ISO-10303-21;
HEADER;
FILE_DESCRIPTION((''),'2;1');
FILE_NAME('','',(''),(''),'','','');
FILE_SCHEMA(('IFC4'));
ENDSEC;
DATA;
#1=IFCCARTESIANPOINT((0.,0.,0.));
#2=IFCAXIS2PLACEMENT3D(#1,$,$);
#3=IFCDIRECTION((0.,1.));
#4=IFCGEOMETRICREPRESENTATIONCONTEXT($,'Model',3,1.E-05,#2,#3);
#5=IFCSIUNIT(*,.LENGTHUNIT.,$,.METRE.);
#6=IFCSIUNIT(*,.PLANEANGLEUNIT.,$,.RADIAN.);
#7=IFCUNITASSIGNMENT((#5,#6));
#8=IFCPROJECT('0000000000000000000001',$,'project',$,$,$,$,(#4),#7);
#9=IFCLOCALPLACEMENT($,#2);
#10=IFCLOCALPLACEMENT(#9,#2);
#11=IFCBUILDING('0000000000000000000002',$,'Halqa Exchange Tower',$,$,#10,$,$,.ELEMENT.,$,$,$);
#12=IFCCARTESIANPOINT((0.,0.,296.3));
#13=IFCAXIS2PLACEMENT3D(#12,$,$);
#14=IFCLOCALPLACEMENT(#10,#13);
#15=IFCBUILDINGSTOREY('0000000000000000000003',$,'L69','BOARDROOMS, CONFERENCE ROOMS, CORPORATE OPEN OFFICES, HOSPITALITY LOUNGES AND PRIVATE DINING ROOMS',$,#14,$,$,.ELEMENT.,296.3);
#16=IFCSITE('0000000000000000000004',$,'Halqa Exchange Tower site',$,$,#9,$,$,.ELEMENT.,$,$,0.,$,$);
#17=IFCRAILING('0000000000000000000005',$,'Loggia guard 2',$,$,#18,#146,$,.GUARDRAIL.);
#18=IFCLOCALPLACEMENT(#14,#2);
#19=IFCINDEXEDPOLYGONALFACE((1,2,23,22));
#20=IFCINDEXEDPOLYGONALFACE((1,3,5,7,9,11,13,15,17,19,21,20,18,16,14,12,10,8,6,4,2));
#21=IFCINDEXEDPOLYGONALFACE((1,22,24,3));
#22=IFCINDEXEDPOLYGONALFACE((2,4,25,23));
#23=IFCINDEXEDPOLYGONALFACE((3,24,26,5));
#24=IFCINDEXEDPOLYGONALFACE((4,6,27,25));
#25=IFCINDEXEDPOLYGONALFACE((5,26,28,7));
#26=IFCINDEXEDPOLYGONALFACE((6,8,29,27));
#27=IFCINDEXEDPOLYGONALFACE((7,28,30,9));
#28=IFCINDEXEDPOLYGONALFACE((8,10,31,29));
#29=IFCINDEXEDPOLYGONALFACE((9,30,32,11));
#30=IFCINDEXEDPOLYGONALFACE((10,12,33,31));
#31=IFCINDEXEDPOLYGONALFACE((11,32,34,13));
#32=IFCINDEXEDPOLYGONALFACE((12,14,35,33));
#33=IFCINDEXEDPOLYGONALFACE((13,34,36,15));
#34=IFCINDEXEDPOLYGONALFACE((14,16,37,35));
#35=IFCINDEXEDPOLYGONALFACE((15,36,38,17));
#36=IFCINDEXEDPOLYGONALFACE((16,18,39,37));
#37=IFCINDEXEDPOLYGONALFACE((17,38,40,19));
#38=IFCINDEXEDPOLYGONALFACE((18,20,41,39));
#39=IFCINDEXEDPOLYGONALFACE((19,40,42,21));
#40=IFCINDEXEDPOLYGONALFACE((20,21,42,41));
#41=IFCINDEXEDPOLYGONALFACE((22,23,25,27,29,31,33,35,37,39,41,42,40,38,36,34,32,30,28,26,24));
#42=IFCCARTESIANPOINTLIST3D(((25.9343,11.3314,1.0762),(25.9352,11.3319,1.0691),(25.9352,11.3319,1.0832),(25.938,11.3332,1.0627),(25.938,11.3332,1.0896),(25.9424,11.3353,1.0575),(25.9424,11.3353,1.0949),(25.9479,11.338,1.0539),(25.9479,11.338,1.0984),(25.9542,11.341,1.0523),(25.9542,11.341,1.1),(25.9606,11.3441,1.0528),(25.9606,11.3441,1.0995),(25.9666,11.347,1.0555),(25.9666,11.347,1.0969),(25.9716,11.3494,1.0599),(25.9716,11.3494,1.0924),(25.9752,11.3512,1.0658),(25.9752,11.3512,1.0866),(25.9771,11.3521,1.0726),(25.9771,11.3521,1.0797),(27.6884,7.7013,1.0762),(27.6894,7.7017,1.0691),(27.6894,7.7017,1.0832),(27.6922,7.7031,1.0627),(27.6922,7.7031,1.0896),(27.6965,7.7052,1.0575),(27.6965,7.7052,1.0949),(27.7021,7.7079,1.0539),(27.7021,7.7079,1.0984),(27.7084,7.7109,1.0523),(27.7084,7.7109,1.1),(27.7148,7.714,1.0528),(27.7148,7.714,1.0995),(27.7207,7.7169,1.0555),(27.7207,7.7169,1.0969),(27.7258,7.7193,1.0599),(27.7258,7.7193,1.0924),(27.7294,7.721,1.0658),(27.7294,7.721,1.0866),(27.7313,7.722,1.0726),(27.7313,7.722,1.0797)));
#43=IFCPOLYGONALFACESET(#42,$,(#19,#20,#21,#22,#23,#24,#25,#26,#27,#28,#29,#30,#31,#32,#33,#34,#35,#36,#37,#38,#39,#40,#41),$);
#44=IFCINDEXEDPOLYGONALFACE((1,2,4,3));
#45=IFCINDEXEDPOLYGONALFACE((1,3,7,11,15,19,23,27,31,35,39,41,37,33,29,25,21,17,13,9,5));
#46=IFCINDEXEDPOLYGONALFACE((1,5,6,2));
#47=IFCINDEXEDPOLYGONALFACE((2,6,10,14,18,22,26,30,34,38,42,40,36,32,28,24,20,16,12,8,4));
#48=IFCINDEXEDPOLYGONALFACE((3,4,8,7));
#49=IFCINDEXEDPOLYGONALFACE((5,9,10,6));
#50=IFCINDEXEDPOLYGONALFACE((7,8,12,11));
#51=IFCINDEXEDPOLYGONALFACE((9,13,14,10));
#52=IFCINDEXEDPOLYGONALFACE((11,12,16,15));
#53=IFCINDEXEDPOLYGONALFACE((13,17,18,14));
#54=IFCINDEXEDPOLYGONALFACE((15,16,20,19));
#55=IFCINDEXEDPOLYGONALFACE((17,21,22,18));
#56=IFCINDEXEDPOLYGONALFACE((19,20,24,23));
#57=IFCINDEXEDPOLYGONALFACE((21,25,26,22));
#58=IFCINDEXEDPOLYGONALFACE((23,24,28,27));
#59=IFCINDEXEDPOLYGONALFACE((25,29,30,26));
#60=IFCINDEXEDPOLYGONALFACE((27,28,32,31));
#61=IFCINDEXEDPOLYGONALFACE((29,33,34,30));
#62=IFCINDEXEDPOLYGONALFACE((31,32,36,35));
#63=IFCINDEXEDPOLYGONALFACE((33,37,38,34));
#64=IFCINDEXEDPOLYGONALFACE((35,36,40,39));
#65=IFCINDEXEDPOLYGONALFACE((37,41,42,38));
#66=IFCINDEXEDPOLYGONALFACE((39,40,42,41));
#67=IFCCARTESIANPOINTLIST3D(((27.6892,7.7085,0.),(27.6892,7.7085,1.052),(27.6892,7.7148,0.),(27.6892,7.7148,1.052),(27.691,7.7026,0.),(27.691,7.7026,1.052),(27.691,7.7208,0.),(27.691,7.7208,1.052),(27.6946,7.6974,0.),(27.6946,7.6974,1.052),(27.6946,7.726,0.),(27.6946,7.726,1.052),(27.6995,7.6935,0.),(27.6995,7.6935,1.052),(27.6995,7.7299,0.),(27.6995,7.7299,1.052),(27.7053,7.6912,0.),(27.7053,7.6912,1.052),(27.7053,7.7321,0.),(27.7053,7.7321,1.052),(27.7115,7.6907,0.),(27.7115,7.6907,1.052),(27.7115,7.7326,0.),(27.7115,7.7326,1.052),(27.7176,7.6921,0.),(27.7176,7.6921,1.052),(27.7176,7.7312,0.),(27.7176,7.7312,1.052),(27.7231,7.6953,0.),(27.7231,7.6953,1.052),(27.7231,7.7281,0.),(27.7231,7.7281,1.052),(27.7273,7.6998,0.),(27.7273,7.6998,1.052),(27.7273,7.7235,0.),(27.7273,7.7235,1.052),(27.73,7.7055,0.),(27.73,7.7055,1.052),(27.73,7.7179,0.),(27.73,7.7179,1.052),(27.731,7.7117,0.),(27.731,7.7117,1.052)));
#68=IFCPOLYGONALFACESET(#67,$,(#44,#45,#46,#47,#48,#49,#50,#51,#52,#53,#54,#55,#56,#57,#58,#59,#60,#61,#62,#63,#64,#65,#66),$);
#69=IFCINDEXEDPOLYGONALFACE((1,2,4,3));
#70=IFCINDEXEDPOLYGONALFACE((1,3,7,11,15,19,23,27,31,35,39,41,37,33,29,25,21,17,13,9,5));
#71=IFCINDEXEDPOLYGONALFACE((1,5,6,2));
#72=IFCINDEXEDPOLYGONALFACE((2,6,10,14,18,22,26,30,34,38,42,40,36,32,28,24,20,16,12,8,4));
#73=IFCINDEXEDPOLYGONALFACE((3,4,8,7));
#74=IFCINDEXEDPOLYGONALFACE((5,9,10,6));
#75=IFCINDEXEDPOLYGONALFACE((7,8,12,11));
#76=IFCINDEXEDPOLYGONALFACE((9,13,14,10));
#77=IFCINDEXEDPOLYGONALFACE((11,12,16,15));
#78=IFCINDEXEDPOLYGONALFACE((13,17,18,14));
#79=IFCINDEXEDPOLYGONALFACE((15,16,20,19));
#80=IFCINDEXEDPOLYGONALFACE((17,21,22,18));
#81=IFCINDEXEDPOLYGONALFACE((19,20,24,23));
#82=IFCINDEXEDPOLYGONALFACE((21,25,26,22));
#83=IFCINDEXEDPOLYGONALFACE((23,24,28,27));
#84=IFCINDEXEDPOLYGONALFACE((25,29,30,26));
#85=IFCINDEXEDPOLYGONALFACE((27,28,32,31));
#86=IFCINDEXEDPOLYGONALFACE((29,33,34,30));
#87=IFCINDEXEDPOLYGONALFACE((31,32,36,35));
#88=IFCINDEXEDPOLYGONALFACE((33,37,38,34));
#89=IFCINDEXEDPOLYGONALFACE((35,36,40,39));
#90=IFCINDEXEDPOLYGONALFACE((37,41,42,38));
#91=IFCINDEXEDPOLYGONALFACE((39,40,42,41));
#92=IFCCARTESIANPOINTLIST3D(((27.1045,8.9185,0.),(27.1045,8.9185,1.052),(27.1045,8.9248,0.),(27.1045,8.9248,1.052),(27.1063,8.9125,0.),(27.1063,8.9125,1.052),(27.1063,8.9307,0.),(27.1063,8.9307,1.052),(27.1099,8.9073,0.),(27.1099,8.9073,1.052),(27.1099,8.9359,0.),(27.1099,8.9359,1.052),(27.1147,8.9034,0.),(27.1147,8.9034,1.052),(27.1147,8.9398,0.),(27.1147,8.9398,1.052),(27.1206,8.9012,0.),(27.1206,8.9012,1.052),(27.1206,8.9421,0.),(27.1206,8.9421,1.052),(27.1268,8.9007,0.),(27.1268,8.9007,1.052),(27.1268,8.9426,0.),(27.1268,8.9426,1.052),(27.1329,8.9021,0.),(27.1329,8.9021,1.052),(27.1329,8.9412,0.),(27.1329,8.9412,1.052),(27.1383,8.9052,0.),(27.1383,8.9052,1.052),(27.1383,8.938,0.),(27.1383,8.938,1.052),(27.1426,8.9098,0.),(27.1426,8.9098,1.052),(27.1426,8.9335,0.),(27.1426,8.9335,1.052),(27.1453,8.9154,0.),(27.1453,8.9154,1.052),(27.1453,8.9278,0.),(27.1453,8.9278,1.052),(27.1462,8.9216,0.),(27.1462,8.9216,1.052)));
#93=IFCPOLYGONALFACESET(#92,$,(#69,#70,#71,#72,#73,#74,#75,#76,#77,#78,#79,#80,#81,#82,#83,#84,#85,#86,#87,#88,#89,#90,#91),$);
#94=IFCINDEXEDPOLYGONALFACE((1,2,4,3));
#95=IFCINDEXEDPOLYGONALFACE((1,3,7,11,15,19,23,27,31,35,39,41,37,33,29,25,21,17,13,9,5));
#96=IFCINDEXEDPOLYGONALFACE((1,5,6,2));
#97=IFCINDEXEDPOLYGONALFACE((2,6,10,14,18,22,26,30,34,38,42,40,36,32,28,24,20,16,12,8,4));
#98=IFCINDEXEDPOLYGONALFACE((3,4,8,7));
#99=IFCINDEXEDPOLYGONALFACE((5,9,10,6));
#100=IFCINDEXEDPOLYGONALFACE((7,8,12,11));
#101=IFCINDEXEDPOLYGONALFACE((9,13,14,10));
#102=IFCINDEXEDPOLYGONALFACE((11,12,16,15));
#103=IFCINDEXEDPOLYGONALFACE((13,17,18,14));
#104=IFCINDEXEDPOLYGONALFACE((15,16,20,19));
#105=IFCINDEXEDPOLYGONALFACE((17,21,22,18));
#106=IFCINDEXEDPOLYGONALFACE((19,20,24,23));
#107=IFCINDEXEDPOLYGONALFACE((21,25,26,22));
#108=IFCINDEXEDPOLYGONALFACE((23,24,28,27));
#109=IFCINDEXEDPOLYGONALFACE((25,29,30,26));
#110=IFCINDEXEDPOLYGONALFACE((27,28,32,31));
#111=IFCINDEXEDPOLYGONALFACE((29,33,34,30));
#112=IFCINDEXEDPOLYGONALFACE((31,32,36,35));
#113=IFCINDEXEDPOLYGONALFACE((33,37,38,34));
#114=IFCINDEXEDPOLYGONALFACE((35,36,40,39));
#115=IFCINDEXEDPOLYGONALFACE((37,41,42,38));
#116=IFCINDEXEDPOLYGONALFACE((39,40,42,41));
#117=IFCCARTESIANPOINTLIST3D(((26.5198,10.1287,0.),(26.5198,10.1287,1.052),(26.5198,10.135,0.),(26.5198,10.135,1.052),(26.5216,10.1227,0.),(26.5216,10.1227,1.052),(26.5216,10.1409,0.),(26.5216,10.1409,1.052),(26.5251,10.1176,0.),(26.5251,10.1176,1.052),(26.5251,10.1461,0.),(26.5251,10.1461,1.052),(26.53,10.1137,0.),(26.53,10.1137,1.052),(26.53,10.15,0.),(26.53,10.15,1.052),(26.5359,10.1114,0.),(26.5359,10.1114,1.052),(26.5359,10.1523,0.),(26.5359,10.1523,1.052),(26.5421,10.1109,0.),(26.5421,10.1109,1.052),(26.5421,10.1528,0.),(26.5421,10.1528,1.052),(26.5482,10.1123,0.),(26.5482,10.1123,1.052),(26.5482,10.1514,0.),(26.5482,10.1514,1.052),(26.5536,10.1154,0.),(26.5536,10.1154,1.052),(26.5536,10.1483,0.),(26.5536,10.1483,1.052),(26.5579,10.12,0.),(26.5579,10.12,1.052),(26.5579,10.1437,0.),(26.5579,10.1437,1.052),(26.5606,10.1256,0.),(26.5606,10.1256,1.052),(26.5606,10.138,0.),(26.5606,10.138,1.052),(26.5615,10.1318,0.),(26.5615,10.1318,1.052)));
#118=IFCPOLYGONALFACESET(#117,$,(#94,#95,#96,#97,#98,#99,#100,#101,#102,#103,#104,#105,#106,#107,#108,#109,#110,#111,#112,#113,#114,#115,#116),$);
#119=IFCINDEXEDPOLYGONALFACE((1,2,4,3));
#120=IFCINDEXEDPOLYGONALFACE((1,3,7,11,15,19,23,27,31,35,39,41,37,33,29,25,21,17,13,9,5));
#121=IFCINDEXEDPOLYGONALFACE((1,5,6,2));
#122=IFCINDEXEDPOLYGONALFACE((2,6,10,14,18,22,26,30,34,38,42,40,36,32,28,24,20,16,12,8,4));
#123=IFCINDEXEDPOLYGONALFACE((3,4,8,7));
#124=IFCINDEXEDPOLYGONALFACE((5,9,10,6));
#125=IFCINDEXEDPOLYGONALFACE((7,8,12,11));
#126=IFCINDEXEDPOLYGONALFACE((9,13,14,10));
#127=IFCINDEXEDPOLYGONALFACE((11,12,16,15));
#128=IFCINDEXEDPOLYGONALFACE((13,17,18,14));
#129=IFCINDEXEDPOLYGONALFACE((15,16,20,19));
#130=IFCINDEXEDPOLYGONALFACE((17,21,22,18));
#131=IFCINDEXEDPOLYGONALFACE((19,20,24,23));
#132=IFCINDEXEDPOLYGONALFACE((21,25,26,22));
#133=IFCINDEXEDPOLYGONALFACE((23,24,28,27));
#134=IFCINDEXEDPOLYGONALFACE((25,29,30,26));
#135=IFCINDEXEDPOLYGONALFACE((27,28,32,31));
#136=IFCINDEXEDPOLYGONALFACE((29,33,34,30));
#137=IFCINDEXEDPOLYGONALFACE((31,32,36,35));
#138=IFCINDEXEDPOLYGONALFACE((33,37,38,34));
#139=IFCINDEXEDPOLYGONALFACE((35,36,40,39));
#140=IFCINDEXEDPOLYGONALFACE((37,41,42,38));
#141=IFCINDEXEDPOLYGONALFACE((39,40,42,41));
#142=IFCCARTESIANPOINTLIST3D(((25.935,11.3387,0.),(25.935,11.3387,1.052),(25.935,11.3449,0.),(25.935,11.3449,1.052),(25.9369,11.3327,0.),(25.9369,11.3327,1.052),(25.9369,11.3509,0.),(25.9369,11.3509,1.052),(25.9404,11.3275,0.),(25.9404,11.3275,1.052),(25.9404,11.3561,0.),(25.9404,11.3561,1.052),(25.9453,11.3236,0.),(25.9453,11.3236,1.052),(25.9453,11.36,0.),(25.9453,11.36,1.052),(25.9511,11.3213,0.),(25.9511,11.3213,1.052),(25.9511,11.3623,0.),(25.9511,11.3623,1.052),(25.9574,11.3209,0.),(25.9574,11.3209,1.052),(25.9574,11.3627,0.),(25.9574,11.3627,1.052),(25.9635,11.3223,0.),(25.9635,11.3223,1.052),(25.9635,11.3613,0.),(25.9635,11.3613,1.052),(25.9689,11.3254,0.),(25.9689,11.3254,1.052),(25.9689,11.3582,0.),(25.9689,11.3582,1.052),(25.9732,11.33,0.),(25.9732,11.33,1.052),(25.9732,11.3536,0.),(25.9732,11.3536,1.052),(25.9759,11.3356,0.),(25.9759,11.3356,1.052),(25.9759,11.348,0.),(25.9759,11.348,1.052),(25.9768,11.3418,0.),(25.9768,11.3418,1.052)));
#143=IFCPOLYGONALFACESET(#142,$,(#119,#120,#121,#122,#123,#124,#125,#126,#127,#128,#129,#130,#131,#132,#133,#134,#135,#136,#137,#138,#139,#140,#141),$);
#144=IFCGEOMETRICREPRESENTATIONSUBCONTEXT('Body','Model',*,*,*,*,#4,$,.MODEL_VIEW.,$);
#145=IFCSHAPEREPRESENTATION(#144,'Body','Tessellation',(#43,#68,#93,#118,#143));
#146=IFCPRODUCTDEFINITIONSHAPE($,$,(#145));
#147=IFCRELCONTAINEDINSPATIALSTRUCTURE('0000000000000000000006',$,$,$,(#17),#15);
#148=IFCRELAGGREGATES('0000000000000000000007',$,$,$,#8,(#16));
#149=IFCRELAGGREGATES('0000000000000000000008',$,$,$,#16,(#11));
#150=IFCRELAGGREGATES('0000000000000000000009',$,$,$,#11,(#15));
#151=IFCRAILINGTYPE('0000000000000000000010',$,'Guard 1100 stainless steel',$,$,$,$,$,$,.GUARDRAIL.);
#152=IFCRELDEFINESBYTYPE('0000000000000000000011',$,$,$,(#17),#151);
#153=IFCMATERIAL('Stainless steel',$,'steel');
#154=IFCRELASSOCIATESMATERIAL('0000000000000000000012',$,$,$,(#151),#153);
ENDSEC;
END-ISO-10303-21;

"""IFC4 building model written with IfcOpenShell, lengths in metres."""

from ifc_helpers import new_model, si_unit, direction, frame, origin, origin_2d, place, context, subcontext, project, spatial, circle, extrude, material, type_object, element, save


model = new_model("IFC4")

# Units and contexts
model_context = context("Model", 3, precision=1e-05, world=origin(), true_north=direction((0.0, 1.0)))
body_context = subcontext(model_context, "Body", "Model", "MODEL_VIEW")
ifc_project = project(units=[si_unit("LENGTHUNIT", "METRE"), si_unit("PLANEANGLEUNIT", "RADIAN")], contexts=[model_context])

# Site, building, storey
site_placement = place(None, origin())
site = spatial("IfcSite", under=ifc_project, at=site_placement, Name="Halqa Exchange Tower site", CompositionType="ELEMENT", RefElevation=0.0)
building_placement = place(site_placement, origin())
building = spatial("IfcBuilding", under=site, at=building_placement, Name="Halqa Exchange Tower", CompositionType="ELEMENT")
storey_placement = place(building_placement, frame((0.0, 0.0, 296.3)))
storey = spatial("IfcBuildingStorey", under=building, at=storey_placement, Name="L69", Description="BOARDROOMS, CONFERENCE ROOMS, CORPORATE OPEN OFFICES, HOSPITALITY LOUNGES AND PRIVATE DINING ROOMS", CompositionType="ELEMENT", Elevation=296.3)

# Railing
ifc_material_1 = material(Name="Stainless steel", Category="steel")
railing_type = type_object("IfcRailingType", Name="Guard 1100 stainless steel", PredefinedType="GUARDRAIL", material=ifc_material_1)
railing_1_placement = place(storey_placement, frame((27.71, 7.7117, 0.0)))
element("IfcRailing", 1, at=railing_1_placement, inside=storey, type_object=railing_type, Name="Loggia guard 2", PredefinedType="GUARDRAIL", context=body_context, shape_type="SweptSolid", body=[
    extrude(circle(Radius=0.0239, at=origin_2d()), frame((0.0, 0.0, 1.0762), z_axis=(-0.435086, 0.900389, 0.0), x_axis=(-0.900389, -0.435086, 0.0)), (0.0, 0.0, 1.0), 4.0317),
    extrude(circle(Radius=0.021, at=origin_2d()), origin(), (0.0, 0.0, 1.0), 1.052),
    extrude(circle(Radius=0.021, at=origin_2d()), frame((-0.5847, 1.21, 0.0)), (0.0, 0.0, 1.0), 1.052),
    extrude(circle(Radius=0.021, at=origin_2d()), frame((-1.1694, 2.4202, 0.0)), (0.0, 0.0, 1.0), 1.052),
    extrude(circle(Radius=0.021, at=origin_2d()), frame((-1.7542, 3.6301, 0.0)), (0.0, 0.0, 1.0), 1.052),
])

save(model, "model.ifc")
